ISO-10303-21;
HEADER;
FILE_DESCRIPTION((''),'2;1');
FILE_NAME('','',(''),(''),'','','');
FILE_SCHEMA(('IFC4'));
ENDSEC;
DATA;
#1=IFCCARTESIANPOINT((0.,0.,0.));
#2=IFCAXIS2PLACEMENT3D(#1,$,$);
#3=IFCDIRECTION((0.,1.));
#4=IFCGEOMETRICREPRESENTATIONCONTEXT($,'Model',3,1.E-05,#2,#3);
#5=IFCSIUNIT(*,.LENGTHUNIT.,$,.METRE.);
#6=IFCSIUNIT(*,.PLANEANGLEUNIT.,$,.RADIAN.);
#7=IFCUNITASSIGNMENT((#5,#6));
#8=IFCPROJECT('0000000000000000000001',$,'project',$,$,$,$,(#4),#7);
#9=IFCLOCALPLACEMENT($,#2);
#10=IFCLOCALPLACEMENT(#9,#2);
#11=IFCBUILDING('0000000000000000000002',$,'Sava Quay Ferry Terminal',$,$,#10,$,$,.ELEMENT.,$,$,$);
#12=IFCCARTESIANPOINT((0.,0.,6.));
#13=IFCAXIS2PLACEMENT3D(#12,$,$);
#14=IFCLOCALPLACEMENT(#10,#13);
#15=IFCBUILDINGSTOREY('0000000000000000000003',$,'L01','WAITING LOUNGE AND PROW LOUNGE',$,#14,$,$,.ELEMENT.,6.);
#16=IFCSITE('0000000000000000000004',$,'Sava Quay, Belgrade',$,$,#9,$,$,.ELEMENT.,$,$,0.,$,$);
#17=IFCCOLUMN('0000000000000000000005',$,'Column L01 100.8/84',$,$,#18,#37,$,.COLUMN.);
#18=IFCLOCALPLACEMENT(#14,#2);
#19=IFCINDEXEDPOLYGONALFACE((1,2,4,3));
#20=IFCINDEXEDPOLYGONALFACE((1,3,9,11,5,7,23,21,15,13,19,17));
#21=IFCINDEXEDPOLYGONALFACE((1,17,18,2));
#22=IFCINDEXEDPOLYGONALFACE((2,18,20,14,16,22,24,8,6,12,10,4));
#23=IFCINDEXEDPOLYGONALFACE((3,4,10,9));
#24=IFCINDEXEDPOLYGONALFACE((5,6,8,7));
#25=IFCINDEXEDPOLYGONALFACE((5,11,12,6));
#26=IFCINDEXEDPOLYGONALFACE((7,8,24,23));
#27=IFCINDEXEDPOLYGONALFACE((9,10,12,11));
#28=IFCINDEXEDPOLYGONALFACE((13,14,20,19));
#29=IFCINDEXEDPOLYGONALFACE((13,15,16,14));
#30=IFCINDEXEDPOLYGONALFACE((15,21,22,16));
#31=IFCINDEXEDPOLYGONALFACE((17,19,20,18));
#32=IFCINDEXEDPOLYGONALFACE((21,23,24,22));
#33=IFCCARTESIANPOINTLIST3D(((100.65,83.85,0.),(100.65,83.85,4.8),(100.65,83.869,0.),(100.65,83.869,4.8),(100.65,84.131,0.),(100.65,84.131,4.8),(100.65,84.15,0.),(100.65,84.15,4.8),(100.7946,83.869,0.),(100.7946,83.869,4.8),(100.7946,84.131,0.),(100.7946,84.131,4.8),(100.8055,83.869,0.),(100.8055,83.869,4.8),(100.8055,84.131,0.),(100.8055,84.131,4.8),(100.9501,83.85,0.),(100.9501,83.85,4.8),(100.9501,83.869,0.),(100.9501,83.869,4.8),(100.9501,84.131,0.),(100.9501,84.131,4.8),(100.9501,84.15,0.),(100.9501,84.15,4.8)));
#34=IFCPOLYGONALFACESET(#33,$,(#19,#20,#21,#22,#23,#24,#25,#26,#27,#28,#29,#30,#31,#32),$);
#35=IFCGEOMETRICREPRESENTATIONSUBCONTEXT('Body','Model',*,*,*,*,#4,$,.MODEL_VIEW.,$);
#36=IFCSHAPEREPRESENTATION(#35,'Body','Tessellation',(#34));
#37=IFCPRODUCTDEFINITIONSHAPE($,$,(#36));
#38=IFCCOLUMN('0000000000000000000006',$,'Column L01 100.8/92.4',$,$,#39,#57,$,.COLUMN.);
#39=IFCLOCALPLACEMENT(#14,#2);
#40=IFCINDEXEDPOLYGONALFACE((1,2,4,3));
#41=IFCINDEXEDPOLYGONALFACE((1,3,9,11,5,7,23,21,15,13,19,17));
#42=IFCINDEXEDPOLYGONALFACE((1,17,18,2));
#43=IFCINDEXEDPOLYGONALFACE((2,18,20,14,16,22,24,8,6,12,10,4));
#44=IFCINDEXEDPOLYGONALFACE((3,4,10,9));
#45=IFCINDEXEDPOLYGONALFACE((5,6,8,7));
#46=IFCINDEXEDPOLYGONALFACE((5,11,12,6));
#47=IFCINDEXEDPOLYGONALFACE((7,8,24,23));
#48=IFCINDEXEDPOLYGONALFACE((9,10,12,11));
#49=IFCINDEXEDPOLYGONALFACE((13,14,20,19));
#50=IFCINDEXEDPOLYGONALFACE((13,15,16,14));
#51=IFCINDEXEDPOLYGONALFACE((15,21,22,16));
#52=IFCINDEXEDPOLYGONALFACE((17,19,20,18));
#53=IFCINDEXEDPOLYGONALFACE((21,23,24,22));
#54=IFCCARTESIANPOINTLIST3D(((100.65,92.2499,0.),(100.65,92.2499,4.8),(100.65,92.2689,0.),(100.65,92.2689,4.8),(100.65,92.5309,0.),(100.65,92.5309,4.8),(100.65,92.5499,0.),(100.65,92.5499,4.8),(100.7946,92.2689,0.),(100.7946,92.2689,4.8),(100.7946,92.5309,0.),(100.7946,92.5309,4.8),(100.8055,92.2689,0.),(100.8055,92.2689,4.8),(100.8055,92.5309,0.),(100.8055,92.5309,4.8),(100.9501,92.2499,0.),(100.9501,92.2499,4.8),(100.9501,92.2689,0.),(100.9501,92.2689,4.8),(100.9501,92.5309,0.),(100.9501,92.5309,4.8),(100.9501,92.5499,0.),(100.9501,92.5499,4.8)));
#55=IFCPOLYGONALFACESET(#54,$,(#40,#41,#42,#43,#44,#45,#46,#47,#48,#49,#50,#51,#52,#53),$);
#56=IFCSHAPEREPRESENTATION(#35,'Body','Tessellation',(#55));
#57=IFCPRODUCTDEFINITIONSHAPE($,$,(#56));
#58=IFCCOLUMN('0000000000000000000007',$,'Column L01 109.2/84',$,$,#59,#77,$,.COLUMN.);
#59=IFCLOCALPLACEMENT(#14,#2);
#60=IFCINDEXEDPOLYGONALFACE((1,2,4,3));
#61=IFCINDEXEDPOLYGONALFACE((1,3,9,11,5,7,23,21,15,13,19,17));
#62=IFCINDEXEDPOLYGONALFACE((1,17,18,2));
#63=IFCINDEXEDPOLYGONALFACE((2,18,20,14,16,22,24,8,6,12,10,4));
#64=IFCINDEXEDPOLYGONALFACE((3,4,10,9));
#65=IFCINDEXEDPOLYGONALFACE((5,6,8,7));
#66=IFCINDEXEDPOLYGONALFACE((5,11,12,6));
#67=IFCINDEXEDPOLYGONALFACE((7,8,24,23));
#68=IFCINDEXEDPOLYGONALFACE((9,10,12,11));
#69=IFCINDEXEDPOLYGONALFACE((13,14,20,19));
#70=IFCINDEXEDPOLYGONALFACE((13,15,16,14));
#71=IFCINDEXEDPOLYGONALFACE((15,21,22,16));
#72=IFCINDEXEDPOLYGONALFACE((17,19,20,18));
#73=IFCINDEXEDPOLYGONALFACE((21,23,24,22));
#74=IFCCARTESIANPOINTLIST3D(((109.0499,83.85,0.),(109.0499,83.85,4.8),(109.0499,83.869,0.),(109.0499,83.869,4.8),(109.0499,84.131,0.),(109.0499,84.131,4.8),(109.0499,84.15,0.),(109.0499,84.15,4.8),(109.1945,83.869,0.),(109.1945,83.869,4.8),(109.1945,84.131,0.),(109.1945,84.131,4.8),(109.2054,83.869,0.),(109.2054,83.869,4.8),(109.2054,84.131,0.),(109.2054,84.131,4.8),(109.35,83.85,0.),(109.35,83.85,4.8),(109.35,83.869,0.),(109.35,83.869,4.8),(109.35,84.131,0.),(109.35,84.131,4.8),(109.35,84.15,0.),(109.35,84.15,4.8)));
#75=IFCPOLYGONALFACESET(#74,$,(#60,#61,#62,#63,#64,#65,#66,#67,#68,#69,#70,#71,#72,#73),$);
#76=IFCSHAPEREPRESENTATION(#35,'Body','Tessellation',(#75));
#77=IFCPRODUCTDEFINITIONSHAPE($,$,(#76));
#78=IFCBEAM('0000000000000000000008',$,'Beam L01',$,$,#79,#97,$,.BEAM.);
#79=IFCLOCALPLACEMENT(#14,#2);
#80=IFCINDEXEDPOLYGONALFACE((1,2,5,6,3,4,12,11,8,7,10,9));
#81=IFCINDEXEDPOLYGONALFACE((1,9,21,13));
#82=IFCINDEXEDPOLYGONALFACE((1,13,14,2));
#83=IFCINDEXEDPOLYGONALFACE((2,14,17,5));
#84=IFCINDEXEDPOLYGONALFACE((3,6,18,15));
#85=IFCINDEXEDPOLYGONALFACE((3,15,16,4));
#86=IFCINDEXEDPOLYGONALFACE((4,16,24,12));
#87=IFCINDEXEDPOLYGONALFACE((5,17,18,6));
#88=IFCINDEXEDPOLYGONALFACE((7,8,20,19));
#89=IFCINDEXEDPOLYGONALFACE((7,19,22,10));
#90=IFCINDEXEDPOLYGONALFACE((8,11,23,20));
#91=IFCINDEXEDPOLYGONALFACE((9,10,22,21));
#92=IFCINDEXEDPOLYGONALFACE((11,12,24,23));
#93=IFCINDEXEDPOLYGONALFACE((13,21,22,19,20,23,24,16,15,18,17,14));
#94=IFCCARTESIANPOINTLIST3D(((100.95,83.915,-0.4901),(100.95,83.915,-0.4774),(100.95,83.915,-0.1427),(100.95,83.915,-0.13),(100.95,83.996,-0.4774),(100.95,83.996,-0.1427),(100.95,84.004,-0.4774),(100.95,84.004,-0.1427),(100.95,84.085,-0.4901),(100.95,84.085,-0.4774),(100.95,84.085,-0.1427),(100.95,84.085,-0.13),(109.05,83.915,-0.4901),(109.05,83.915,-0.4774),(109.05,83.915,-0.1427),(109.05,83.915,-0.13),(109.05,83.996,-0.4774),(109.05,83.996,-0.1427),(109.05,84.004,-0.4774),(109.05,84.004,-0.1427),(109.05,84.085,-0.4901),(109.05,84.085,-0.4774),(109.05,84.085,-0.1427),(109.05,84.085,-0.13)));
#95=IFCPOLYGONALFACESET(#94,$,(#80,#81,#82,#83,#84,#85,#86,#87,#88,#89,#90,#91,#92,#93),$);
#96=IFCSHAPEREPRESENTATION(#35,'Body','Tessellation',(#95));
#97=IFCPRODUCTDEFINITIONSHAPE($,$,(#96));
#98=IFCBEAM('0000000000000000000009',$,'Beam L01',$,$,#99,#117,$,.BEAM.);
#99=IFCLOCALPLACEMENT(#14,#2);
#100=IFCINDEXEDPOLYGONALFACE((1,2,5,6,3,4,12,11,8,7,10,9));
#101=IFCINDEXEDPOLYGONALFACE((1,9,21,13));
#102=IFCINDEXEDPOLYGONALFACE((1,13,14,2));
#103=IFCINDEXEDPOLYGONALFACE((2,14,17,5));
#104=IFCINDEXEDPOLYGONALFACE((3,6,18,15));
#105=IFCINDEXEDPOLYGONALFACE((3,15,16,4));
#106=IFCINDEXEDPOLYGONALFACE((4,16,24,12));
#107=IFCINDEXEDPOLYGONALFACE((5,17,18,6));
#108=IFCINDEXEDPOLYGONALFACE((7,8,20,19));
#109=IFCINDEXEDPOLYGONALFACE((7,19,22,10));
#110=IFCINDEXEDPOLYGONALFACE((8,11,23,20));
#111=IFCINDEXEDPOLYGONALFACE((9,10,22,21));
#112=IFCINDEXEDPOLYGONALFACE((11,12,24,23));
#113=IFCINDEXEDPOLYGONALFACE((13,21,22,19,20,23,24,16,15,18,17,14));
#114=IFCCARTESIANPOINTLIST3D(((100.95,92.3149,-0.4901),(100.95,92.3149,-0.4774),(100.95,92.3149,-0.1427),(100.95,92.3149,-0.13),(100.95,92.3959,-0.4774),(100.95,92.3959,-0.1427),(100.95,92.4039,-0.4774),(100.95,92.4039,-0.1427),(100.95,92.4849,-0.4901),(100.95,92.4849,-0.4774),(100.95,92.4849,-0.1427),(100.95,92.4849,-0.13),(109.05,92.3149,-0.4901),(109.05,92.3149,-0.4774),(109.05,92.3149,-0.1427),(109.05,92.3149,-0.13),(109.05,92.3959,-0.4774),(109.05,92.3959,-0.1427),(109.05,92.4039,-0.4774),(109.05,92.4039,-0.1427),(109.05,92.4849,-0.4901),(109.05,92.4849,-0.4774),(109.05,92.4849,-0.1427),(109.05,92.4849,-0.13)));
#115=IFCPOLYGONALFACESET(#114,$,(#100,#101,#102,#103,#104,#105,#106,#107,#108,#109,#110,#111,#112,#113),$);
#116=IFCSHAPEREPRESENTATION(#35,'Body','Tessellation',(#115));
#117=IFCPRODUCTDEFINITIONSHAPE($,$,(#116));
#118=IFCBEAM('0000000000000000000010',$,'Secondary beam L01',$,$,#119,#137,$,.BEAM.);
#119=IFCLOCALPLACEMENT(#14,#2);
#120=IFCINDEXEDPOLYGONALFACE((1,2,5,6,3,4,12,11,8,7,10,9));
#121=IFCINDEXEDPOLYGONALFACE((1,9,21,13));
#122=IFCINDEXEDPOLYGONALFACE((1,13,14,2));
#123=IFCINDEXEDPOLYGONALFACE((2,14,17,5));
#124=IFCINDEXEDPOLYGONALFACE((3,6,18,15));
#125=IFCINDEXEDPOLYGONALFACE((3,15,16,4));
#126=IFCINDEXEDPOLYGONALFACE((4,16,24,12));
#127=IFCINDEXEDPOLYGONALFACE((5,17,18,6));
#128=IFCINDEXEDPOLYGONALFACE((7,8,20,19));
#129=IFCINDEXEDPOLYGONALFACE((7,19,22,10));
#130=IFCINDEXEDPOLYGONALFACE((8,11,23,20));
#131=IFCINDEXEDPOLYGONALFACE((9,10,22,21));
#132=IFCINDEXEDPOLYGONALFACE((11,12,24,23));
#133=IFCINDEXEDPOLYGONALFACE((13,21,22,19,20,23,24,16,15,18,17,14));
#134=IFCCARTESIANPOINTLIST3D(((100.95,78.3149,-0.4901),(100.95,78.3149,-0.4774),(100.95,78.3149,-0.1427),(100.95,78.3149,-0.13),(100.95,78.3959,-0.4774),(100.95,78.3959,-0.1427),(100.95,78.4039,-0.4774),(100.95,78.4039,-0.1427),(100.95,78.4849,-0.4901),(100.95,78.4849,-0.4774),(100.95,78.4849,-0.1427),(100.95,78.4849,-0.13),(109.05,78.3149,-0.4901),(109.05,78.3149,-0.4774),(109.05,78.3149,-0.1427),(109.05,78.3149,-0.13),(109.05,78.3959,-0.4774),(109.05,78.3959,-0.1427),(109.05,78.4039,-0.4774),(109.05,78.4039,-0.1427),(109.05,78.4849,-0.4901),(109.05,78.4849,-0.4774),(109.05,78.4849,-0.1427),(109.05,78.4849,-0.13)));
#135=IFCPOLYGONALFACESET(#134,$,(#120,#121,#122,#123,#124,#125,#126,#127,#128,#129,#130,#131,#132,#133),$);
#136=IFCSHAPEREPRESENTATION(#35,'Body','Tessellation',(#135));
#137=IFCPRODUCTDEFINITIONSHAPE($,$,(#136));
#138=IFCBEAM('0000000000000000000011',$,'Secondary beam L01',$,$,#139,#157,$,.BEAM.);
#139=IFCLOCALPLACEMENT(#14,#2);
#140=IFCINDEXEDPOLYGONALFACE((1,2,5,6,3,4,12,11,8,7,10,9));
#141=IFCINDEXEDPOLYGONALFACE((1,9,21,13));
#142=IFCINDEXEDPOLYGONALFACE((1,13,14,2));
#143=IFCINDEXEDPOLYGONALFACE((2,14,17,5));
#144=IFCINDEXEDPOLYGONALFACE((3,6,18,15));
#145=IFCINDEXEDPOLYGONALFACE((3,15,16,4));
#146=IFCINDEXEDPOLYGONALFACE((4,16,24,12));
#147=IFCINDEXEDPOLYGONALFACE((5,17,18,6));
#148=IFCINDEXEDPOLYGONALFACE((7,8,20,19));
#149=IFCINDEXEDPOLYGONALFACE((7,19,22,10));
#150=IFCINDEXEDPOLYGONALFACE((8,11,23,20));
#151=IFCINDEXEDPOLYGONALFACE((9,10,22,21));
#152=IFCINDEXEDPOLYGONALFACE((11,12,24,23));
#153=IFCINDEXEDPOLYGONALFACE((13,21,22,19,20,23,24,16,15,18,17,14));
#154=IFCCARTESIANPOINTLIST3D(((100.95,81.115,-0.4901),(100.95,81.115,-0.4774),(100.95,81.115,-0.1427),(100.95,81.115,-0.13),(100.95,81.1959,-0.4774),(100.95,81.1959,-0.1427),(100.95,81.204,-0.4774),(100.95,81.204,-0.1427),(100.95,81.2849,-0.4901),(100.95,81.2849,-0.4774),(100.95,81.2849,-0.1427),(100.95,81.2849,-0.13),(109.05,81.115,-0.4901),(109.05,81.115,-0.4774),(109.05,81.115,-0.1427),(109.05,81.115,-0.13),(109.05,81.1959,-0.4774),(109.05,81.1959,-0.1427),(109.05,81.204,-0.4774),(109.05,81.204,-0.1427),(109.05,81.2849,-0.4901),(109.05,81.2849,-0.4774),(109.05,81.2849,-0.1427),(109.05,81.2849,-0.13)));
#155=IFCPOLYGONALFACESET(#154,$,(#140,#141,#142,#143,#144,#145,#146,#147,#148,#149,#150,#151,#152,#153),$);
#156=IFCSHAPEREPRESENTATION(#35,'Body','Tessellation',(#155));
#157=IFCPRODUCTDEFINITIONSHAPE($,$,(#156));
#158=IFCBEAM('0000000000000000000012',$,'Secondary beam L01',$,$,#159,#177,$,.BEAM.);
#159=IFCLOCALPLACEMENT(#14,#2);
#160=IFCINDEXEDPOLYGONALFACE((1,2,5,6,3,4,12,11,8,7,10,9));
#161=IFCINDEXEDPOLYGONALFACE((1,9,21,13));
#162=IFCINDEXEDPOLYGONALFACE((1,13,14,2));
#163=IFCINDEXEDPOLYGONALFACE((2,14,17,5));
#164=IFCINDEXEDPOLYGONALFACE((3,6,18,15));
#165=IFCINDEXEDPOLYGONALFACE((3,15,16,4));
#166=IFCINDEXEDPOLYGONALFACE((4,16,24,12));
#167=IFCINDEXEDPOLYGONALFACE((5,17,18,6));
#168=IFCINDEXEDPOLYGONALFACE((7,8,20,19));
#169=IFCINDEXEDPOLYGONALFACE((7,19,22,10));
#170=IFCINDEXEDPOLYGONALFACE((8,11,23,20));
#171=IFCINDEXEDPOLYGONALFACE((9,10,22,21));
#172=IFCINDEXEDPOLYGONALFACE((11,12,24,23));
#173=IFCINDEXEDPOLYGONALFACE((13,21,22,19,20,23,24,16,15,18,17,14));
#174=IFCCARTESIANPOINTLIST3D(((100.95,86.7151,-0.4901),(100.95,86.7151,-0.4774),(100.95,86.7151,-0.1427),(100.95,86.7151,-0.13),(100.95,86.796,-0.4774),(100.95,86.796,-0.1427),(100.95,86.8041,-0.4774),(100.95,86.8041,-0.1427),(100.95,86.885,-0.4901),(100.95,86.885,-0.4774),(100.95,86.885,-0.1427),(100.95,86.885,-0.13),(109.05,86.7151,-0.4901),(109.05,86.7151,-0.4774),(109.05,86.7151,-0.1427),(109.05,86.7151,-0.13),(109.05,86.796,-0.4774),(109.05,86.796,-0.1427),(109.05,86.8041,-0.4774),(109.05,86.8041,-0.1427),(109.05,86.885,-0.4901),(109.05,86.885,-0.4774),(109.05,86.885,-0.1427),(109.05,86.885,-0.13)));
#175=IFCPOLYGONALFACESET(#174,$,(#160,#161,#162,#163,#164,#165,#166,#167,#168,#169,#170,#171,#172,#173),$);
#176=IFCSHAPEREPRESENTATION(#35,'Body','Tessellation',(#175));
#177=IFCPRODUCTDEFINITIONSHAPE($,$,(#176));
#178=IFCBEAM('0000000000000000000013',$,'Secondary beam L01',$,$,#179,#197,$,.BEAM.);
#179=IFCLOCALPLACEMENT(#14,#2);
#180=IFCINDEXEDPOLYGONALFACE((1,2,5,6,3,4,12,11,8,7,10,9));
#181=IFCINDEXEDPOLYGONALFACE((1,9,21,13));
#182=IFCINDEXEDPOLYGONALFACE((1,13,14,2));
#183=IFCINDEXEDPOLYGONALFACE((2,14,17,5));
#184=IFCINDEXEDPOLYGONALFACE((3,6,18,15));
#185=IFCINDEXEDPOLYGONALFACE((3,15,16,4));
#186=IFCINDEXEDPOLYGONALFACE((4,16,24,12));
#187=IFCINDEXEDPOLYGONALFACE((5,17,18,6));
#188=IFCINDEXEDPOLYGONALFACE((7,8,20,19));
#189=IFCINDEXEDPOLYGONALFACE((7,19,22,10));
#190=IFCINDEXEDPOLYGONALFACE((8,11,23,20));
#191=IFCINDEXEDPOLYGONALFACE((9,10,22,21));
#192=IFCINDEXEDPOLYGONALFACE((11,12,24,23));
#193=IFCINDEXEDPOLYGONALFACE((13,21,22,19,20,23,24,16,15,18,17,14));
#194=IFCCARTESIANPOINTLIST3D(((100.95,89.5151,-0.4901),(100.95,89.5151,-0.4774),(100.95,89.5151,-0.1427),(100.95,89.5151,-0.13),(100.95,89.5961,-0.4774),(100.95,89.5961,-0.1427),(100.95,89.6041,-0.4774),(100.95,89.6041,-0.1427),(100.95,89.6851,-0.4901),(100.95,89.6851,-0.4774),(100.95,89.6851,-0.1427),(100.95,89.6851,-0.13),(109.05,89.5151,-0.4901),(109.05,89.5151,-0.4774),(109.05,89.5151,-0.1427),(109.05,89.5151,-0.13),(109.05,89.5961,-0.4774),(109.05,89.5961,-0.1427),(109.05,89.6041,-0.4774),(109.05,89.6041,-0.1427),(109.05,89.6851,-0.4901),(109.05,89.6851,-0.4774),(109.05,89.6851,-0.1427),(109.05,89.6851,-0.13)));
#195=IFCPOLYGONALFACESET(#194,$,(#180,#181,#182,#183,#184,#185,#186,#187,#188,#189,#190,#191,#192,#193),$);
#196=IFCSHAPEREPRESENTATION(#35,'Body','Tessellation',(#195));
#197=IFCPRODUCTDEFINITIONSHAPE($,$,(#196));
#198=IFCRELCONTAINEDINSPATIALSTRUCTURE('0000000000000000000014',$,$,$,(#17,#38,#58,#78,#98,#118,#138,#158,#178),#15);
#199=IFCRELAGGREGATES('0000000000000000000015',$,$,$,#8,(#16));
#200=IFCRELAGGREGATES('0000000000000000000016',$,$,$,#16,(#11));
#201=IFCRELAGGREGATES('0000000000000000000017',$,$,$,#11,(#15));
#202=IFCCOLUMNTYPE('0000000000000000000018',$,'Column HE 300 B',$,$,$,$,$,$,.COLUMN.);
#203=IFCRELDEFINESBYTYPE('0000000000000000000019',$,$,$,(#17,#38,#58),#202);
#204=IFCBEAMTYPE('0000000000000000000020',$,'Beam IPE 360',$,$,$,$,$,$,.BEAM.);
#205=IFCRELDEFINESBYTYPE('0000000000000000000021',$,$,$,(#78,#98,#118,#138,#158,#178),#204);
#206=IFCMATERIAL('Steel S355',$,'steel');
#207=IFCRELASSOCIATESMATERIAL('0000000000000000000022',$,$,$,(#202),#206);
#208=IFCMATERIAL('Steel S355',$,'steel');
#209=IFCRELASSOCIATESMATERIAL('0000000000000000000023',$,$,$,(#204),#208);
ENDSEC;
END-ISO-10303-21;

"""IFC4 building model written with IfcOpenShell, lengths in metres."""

from ifc_helpers import new_model, si_unit, direction, frame, origin, origin_2d, place, context, subcontext, project, spatial, i_section, extrude, material, material_profile, profile_set, type_object, element, save


model = new_model("IFC4")

# Units and contexts
model_context = context("Model", 3, precision=1e-05, world=origin(), true_north=direction((0.0, 1.0)))
body_context = subcontext(model_context, "Body", "Model", "MODEL_VIEW")
ifc_project = project(units=[si_unit("LENGTHUNIT", "METRE"), si_unit("PLANEANGLEUNIT", "RADIAN")], contexts=[model_context])

# Site, building, storey
site_placement = place(None, origin())
site = spatial("IfcSite", under=ifc_project, at=site_placement, Name="Sava Quay, Belgrade", CompositionType="ELEMENT", RefElevation=0.0)
building_placement = place(site_placement, origin())
building = spatial("IfcBuilding", under=site, at=building_placement, Name="Sava Quay Ferry Terminal", CompositionType="ELEMENT")
storey_placement = place(building_placement, frame((0.0, 0.0, 6.0)))
storey = spatial("IfcBuildingStorey", under=building, at=storey_placement, Name="L01", Description="WAITING LOUNGE AND PROW LOUNGE", CompositionType="ELEMENT", Elevation=6.0)

# Columns
ifc_material_1 = material(Name="Steel S355", Category="steel")
ifc_material_profile_1 = material_profile(ifc_material_1, i_section(OverallWidth=0.3, OverallDepth=0.3, WebThickness=0.011, FlangeThickness=0.019, at=origin_2d()), Name="HE 300 B")
ifc_profile_set_1 = profile_set([ifc_material_profile_1], Name="Steel S355")
column_type = type_object("IfcColumnType", Name="Column HE 300 B", PredefinedType="COLUMN", material=ifc_profile_set_1)
for number, where, z_axis, x_axis, name in (
    (1, (100.8, 84.0, 0.0), (0.0, 0.0, 1.0), (1.0, 0.0, 0.0), "Column L01 100.8/84"),
    (2, (100.8, 92.3999, 0.0), (0.0, 0.0, 1.0), (1.0, 0.0, 0.0), "Column L01 100.8/92.4"),
    (3, (109.2, 84.0, 0.0), (0.0, 0.0, 1.0), (1.0, 0.0, 0.0), "Column L01 109.2/84"),
):
    element("IfcColumn", number, at=place(storey_placement, frame(where, z_axis=z_axis, x_axis=x_axis)), inside=storey, type_object=column_type, Name=name, PredefinedType="COLUMN", context=body_context, shape_type="SweptSolid", body=[
        extrude(i_section(OverallWidth=0.3, OverallDepth=0.3, WebThickness=0.011, FlangeThickness=0.019, at=origin_2d()), origin(), (0.0, 0.0, 1.0), 4.8),
    ])

# Beams
ifc_material_2 = material(Name="Steel S355", Category="steel")
ifc_material_profile_2 = material_profile(ifc_material_2, i_section(OverallWidth=0.1699, OverallDepth=0.3601, WebThickness=0.0081, FlangeThickness=0.0127, at=origin_2d()), Name="IPE 360")
ifc_profile_set_2 = profile_set([ifc_material_profile_2], Name="Steel S355")
beam_type_1 = type_object("IfcBeamType", Name="Beam IPE 360", PredefinedType="BEAM", material=ifc_profile_set_2)
for number, where, z_axis, x_axis, name in (
    (4, (100.95, 84.0, -0.3101), (1.0, 0.0, 0.0), (0.0, 1.0, 0.0), "Beam L01"),
    (5, (100.95, 92.3999, -0.3101), (1.0, 0.0, 0.0), (0.0, 1.0, 0.0), "Beam L01"),
    (6, (100.95, 78.3999, -0.3101), (1.0, 0.0, 0.0), (0.0, 1.0, 0.0), "Secondary beam L01"),
    (7, (100.95, 81.2, -0.3101), (1.0, 0.0, 0.0), (0.0, 1.0, 0.0), "Secondary beam L01"),
    (8, (100.95, 86.8, -0.3101), (1.0, 0.0, 0.0), (0.0, 1.0, 0.0), "Secondary beam L01"),
    (9, (100.95, 89.6001, -0.3101), (1.0, 0.0, 0.0), (0.0, 1.0, 0.0), "Secondary beam L01"),
):
    element("IfcBeam", number, at=place(storey_placement, frame(where, z_axis=z_axis, x_axis=x_axis)), inside=storey, type_object=beam_type_1, Name=name, PredefinedType="BEAM", context=body_context, shape_type="SweptSolid", body=[
        extrude(i_section(OverallWidth=0.1699, OverallDepth=0.3601, WebThickness=0.0081, FlangeThickness=0.0127, at=origin_2d()), origin(), (0.0, 0.0, 1.0), 8.1001),
    ])

save(model, "model.ifc")
